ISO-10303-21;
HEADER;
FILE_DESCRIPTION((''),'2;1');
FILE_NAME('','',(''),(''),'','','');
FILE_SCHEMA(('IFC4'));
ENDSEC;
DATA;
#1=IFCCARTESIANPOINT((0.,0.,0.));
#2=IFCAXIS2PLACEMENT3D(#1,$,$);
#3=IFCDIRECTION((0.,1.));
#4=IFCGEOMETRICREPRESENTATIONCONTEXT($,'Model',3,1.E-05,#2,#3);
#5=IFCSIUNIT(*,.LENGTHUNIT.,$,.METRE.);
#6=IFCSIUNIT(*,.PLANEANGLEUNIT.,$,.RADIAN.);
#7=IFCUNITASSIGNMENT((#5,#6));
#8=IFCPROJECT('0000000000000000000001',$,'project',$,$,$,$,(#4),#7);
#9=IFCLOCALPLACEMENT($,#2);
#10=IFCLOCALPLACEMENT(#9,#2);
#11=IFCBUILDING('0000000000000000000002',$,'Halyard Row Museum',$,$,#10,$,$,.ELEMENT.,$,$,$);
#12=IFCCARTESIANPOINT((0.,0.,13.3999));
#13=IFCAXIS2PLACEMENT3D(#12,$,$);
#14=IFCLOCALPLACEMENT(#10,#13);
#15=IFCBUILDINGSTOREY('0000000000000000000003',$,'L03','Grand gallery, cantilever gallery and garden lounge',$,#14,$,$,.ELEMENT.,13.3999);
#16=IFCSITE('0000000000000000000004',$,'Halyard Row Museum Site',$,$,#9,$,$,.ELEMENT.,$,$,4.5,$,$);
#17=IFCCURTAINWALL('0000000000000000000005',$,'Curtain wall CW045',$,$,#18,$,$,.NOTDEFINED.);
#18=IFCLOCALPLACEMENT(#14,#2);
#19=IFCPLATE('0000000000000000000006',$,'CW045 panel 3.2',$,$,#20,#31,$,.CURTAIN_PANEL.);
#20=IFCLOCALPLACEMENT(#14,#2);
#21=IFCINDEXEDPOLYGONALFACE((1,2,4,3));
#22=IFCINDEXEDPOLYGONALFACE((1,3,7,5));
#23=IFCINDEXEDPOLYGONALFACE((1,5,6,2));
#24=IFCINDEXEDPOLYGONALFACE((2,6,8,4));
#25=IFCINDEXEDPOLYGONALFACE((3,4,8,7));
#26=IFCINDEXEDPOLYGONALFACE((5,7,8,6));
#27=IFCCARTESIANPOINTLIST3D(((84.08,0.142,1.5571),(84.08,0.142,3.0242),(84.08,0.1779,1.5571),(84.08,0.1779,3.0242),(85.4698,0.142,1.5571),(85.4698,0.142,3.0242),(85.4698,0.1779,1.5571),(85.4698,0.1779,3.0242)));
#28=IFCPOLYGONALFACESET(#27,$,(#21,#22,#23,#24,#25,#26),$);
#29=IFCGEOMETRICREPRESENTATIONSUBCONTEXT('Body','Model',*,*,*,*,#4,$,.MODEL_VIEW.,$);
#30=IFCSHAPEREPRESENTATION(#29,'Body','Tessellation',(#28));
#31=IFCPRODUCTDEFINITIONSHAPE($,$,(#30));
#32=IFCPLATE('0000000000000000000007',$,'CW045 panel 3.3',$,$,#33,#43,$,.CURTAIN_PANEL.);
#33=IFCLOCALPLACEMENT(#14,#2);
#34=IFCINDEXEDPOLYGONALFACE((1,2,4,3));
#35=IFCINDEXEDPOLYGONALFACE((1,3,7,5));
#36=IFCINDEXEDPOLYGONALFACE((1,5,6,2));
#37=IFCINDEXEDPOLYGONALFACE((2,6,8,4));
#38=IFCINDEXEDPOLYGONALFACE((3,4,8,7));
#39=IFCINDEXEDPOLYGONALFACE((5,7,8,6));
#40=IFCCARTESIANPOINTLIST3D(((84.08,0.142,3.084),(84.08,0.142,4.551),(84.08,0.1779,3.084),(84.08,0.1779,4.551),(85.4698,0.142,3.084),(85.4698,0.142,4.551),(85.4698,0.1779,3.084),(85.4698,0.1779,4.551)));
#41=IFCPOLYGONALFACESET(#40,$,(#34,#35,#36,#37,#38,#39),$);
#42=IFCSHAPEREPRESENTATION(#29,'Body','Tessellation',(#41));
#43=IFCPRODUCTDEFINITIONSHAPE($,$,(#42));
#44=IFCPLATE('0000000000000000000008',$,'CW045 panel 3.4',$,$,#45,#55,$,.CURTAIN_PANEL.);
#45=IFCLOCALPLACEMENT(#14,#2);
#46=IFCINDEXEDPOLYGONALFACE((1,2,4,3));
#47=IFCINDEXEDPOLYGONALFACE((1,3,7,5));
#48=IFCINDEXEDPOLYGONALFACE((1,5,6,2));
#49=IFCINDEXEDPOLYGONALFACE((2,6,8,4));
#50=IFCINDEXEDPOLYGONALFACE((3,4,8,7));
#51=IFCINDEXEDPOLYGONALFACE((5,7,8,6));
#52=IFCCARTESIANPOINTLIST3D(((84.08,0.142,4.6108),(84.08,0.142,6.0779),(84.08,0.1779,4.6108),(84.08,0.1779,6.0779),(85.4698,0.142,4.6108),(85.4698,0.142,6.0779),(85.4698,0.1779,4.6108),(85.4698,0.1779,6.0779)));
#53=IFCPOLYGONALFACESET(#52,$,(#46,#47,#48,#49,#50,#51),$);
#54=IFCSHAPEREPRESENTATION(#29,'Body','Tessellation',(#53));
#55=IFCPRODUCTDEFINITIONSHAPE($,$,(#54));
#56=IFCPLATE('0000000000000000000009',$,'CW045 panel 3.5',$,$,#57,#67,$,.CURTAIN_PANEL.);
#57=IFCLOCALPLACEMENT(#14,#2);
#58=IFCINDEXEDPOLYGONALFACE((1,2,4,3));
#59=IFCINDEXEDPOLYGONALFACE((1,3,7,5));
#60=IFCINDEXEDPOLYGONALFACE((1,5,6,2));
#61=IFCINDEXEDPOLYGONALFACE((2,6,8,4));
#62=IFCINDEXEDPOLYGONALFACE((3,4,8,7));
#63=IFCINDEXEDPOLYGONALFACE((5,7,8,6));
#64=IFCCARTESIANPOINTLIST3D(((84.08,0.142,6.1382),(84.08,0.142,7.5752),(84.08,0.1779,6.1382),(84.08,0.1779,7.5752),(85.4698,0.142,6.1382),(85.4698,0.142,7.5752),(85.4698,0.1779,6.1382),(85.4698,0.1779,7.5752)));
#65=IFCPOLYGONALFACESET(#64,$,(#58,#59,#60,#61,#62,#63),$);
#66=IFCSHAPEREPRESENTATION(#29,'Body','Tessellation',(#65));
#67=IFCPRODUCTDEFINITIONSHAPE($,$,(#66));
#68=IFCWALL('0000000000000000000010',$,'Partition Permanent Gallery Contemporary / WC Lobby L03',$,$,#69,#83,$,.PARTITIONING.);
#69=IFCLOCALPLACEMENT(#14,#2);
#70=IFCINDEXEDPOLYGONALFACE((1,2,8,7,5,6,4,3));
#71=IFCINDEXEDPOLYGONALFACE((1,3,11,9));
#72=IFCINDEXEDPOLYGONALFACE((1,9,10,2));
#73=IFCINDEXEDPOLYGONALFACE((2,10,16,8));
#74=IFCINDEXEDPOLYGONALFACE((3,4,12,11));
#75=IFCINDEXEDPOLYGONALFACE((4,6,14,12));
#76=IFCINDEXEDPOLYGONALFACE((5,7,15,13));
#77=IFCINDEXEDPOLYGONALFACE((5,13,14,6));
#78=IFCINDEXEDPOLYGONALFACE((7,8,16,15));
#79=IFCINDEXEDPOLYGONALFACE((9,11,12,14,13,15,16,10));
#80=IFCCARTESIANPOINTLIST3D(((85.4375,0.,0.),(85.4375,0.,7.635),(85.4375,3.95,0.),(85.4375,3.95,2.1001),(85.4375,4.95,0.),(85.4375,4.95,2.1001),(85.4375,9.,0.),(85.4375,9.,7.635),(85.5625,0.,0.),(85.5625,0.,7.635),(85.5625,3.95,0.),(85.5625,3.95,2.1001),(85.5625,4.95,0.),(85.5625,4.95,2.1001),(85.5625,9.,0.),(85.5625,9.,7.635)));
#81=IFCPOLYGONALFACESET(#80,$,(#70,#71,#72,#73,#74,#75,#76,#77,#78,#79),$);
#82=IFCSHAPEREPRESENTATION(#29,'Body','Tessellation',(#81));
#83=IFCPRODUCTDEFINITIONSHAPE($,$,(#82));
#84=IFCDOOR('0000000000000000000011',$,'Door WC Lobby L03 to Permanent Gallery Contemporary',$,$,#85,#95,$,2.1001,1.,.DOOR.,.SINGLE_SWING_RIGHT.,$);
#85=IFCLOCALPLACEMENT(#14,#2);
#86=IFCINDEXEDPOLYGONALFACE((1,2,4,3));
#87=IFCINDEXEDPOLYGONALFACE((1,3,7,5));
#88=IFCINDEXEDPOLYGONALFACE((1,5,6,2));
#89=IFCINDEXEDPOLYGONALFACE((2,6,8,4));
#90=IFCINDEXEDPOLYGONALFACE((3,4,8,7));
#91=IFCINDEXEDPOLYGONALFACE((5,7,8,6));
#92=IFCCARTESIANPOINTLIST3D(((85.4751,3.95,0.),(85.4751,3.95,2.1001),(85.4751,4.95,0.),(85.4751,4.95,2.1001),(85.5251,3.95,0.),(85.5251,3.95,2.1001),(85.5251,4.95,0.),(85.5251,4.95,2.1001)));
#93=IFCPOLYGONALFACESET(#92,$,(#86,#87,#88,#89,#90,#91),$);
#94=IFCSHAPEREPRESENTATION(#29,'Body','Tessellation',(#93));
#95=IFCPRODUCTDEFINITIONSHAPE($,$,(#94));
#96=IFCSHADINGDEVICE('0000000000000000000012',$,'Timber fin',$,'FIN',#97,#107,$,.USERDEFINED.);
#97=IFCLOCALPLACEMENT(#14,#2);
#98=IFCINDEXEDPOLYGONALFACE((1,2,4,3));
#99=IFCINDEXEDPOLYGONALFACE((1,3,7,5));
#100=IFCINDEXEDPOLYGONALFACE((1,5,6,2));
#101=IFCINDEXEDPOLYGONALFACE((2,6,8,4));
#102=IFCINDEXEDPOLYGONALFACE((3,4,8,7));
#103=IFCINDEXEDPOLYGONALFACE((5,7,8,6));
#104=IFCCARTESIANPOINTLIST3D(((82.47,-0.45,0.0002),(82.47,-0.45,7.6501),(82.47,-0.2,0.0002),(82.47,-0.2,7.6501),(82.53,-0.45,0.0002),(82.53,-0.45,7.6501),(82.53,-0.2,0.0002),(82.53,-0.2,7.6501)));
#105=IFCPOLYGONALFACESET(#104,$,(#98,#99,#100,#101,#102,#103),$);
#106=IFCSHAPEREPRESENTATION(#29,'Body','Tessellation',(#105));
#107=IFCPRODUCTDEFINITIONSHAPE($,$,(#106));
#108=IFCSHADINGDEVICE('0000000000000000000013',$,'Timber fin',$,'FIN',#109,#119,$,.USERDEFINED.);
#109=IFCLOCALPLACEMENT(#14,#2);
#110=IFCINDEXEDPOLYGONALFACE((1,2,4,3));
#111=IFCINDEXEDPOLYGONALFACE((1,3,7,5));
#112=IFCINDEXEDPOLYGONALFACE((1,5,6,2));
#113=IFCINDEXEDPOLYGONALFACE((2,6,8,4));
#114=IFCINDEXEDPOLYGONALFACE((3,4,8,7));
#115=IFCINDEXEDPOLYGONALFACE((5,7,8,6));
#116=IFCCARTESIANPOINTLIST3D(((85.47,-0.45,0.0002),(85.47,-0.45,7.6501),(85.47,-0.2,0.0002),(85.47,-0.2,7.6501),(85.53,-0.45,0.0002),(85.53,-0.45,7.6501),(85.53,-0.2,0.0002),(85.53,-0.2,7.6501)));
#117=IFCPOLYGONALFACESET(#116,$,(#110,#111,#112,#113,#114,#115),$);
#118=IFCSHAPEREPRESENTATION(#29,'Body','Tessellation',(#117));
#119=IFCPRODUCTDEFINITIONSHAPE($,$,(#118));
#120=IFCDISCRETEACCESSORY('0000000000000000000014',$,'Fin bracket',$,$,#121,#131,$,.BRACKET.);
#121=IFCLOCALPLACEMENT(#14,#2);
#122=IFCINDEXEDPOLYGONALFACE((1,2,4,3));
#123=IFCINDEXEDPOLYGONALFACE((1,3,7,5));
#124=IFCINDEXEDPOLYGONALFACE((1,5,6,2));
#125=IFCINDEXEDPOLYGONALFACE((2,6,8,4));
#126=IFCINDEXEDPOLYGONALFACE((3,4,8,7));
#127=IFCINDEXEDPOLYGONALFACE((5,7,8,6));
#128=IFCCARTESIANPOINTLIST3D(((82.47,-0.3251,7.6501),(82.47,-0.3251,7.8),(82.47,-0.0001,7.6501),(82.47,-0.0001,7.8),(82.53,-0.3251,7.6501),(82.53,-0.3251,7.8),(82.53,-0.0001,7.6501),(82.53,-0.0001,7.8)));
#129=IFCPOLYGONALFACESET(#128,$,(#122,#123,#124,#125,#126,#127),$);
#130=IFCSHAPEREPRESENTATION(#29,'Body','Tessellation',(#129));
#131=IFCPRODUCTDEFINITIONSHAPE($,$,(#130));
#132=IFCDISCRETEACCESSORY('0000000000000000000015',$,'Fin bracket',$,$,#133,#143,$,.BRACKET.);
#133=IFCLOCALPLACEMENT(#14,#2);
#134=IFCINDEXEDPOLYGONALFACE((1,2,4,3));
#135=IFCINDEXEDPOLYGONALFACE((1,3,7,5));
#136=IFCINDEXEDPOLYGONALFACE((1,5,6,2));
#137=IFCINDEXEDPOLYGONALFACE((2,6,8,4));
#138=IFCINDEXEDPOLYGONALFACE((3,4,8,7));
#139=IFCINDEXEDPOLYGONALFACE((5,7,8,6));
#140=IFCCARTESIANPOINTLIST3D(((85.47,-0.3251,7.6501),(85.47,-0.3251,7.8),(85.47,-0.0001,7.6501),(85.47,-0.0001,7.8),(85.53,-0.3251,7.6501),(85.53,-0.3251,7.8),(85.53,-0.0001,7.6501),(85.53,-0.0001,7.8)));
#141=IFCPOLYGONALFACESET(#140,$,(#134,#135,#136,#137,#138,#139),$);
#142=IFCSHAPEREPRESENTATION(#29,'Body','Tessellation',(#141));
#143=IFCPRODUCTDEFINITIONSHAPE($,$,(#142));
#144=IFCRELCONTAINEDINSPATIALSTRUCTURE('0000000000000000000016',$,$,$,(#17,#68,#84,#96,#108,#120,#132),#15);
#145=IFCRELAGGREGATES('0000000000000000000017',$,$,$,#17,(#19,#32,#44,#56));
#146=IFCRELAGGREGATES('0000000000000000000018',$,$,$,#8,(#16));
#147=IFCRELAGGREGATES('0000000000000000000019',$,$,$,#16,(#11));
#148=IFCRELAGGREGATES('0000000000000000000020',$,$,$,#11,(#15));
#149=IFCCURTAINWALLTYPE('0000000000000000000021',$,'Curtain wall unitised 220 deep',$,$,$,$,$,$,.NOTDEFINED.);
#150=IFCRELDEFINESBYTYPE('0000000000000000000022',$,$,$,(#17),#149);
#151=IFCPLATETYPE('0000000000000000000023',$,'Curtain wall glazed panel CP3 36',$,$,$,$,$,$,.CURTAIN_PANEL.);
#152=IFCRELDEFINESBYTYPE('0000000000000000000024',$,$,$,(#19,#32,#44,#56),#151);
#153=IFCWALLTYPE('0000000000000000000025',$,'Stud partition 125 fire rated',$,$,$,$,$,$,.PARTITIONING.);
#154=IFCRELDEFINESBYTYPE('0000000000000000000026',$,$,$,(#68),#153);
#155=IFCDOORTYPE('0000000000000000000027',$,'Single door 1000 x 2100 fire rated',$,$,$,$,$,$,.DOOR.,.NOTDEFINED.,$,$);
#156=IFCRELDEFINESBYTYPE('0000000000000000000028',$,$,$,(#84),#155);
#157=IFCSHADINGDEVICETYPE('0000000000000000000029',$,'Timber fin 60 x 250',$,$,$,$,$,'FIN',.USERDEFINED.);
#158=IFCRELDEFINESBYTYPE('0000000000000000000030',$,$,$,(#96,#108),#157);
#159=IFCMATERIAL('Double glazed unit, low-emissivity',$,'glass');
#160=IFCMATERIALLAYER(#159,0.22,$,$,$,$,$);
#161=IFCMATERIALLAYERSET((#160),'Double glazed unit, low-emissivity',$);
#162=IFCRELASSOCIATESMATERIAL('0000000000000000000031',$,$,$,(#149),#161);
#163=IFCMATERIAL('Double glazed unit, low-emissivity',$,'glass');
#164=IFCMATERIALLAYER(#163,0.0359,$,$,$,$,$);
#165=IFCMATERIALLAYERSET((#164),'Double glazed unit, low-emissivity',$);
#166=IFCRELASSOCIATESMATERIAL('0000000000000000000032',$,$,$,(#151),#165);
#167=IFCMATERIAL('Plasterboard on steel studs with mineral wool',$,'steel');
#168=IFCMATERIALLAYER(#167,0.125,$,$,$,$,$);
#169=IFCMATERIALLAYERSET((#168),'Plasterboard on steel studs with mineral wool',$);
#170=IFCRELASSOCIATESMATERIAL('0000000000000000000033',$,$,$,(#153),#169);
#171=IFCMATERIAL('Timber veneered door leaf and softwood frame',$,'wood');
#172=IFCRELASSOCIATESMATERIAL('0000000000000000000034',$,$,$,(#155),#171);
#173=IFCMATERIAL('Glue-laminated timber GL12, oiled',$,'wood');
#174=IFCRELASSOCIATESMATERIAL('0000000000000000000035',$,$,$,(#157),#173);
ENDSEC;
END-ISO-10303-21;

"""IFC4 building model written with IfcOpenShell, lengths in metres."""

from ifc_helpers import new_model, si_unit, direction, frame, frame_2d, origin, origin_2d, place, context, subcontext, project, spatial, rectangle, extrude, material, layer, layer_set, type_object, element, fill, aggregate, save


model = new_model("IFC4")

# Units and contexts
model_context = context("Model", 3, precision=1e-05, world=origin(), true_north=direction((0.0, 1.0)))
body_context = subcontext(model_context, "Body", "Model", "MODEL_VIEW")
ifc_project = project(units=[si_unit("LENGTHUNIT", "METRE"), si_unit("PLANEANGLEUNIT", "RADIAN")], contexts=[model_context])

# Site, building, storey
site_placement = place(None, origin())
site = spatial("IfcSite", under=ifc_project, at=site_placement, Name="Halyard Row Museum Site", CompositionType="ELEMENT", RefElevation=4.5)
building_placement = place(site_placement, origin())
building = spatial("IfcBuilding", under=site, at=building_placement, Name="Halyard Row Museum", CompositionType="ELEMENT")
storey_placement = place(building_placement, frame((0.0, 0.0, 13.3999)))
storey = spatial("IfcBuildingStorey", under=building, at=storey_placement, Name="L03", Description="Grand gallery, cantilever gallery and garden lounge", CompositionType="ELEMENT", Elevation=13.3999)

# Curtain wall
ifc_material_1 = material(Name="Double glazed unit, low-emissivity", Category="glass")
ifc_layer_1 = layer(ifc_material_1, 0.22)
ifc_layer_set_1 = layer_set([ifc_layer_1], Name="Double glazed unit, low-emissivity")
curtain_wall_type = type_object("IfcCurtainWallType", Name="Curtain wall unitised 220 deep", PredefinedType="NOTDEFINED", material=ifc_layer_set_1)
curtain_wall_placement = place(storey_placement, origin())
curtain_wall = element("IfcCurtainWall", 1, at=curtain_wall_placement, inside=storey, type_object=curtain_wall_type, Name="Curtain wall CW045", PredefinedType="NOTDEFINED")

# Plates
ifc_material_2 = material(Name="Double glazed unit, low-emissivity", Category="glass")
ifc_layer_2 = layer(ifc_material_2, 0.0359)
ifc_layer_set_2 = layer_set([ifc_layer_2], Name="Double glazed unit, low-emissivity")
plate_type = type_object("IfcPlateType", Name="Curtain wall glazed panel CP3 36", PredefinedType="CURTAIN_PANEL", material=ifc_layer_set_2)
plate_1_placement = place(storey_placement, frame((84.7749, 0.1599, 1.5571), z_axis=(0.0, 0.0, 1.0), x_axis=(1.0, 0.0, 0.0)))
plate_1 = element("IfcPlate", 2, at=plate_1_placement, type_object=plate_type, Name="CW045 panel 3.2", PredefinedType="CURTAIN_PANEL", context=body_context, shape_type="SweptSolid", body=[
    extrude(rectangle(XDim=1.3899, YDim=0.0359, at=origin_2d()), origin(), (0.0, 0.0, 1.0), 1.467),
])
plate_2_placement = place(storey_placement, frame((84.7749, 0.1599, 3.084), z_axis=(0.0, 0.0, 1.0), x_axis=(1.0, 0.0, 0.0)))
plate_2 = element("IfcPlate", 3, at=plate_2_placement, type_object=plate_type, Name="CW045 panel 3.3", PredefinedType="CURTAIN_PANEL", context=body_context, shape_type="SweptSolid", body=[
    extrude(rectangle(XDim=1.3899, YDim=0.0359, at=origin_2d()), origin(), (0.0, 0.0, 1.0), 1.467),
])
plate_3_placement = place(storey_placement, frame((84.7749, 0.1599, 4.6108), z_axis=(0.0, 0.0, 1.0), x_axis=(1.0, 0.0, 0.0)))
plate_3 = element("IfcPlate", 4, at=plate_3_placement, type_object=plate_type, Name="CW045 panel 3.4", PredefinedType="CURTAIN_PANEL", context=body_context, shape_type="SweptSolid", body=[
    extrude(rectangle(XDim=1.3899, YDim=0.0359, at=origin_2d()), origin(), (0.0, 0.0, 1.0), 1.467),
])
plate_4_placement = place(storey_placement, frame((84.7749, 0.1599, 6.1382), z_axis=(0.0, 0.0, 1.0), x_axis=(1.0, 0.0, 0.0)))
plate_4 = element("IfcPlate", 5, at=plate_4_placement, type_object=plate_type, Name="CW045 panel 3.5", PredefinedType="CURTAIN_PANEL", context=body_context, shape_type="SweptSolid", body=[
    extrude(rectangle(XDim=1.3899, YDim=0.0359, at=origin_2d()), origin(), (0.0, 0.0, 1.0), 1.437),
])
aggregate(curtain_wall, [plate_1, plate_2, plate_3, plate_4])

# Wall, opening, door
ifc_material_3 = material(Name="Plasterboard on steel studs with mineral wool", Category="steel")
ifc_layer_3 = layer(ifc_material_3, 0.125)
ifc_layer_set_3 = layer_set([ifc_layer_3], Name="Plasterboard on steel studs with mineral wool")
wall_type = type_object("IfcWallType", Name="Stud partition 125 fire rated", PredefinedType="PARTITIONING", material=ifc_layer_set_3)
wall_placement = place(storey_placement, frame((85.5, 0.0, 0.0), z_axis=(0.0, 0.0, 1.0), x_axis=(0.0, 1.0, 0.0)))
wall = element("IfcWall", 6, at=wall_placement, inside=storey, type_object=wall_type, Name="Partition Permanent Gallery Contemporary / WC Lobby L03", PredefinedType="PARTITIONING", context=body_context, shape_type="SweptSolid", body=[
    extrude(rectangle(XDim=9.0, YDim=0.125, at=frame_2d((4.5, 0.0))), origin(), (0.0, 0.0, 1.0), 7.635),
])
opening_placement = place(wall_placement, frame((3.95, 0.0, 0.0)))
opening = element("IfcOpeningElement", 7, at=opening_placement, cuts=wall, PredefinedType="OPENING", context=body_context, shape_type="SweptSolid", body=[
    extrude(rectangle(XDim=1.0, YDim=2.1001, at=frame_2d((0.5, 1.05))), frame((0.0, 0.0725, 0.0), z_axis=(0.0, -1.0, 0.0), x_axis=(1.0, 0.0, 0.0)), (0.0, 0.0, 1.0), 0.145),
])
ifc_material_4 = material(Name="Timber veneered door leaf and softwood frame", Category="wood")
door_type = type_object("IfcDoorType", Name="Single door 1000 x 2100 fire rated", OperationType="NOTDEFINED", PredefinedType="DOOR", material=ifc_material_4)
door_placement = place(opening_placement, origin())
door = element("IfcDoor", 8, at=door_placement, inside=storey, type_object=door_type, Name="Door WC Lobby L03 to Permanent Gallery Contemporary", OperationType="SINGLE_SWING_RIGHT", OverallHeight=2.1001, OverallWidth=1.0, PredefinedType="DOOR", context=body_context, shape_type="SweptSolid", body=[
    extrude(rectangle(XDim=1.0, YDim=2.1001, at=frame_2d((0.5, 1.05))), frame((0.0, 0.0249, 0.0), z_axis=(0.0, -1.0, 0.0), x_axis=(1.0, 0.0, 0.0)), (0.0, 0.0, 1.0), 0.05),
])
fill(opening, door)

# Shading devices
ifc_material_5 = material(Name="Glue-laminated timber GL12, oiled", Category="wood")
shading_device_type = type_object("IfcShadingDeviceType", Name="Timber fin 60 x 250", ElementType="FIN", PredefinedType="USERDEFINED", material=ifc_material_5)
for number, where, z_axis, x_axis, name in (
    (9, (82.5, -0.325, 0.0002), (0.0, 0.0, 1.0), (1.0, 0.0, 0.0), "Timber fin"),
    (10, (85.5, -0.325, 0.0002), (0.0, 0.0, 1.0), (1.0, 0.0, 0.0), "Timber fin"),
):
    element("IfcShadingDevice", number, at=place(storey_placement, frame(where, z_axis=z_axis, x_axis=x_axis)), inside=storey, type_object=shading_device_type, Name=name, ObjectType="FIN", PredefinedType="USERDEFINED", context=body_context, shape_type="SweptSolid", body=[
        extrude(rectangle(XDim=0.0601, YDim=0.25, at=origin_2d()), origin(), (0.0, 0.0, 1.0), 7.6499),
    ])

# Discrete accessories
for number, where, z_axis, x_axis, name in (
    (11, (82.5, -0.1626, 7.6501), (0.0, 0.0, 1.0), (1.0, 0.0, 0.0), "Fin bracket"),
    (12, (85.5, -0.1626, 7.6501), (0.0, 0.0, 1.0), (1.0, 0.0, 0.0), "Fin bracket"),
):
    element("IfcDiscreteAccessory", number, at=place(storey_placement, frame(where, z_axis=z_axis, x_axis=x_axis)), inside=storey, Name=name, PredefinedType="BRACKET", context=body_context, shape_type="SweptSolid", body=[
        extrude(rectangle(XDim=0.0601, YDim=0.325, at=origin_2d()), origin(), (0.0, 0.0, 1.0), 0.1499),
    ])

save(model, "model.ifc")
